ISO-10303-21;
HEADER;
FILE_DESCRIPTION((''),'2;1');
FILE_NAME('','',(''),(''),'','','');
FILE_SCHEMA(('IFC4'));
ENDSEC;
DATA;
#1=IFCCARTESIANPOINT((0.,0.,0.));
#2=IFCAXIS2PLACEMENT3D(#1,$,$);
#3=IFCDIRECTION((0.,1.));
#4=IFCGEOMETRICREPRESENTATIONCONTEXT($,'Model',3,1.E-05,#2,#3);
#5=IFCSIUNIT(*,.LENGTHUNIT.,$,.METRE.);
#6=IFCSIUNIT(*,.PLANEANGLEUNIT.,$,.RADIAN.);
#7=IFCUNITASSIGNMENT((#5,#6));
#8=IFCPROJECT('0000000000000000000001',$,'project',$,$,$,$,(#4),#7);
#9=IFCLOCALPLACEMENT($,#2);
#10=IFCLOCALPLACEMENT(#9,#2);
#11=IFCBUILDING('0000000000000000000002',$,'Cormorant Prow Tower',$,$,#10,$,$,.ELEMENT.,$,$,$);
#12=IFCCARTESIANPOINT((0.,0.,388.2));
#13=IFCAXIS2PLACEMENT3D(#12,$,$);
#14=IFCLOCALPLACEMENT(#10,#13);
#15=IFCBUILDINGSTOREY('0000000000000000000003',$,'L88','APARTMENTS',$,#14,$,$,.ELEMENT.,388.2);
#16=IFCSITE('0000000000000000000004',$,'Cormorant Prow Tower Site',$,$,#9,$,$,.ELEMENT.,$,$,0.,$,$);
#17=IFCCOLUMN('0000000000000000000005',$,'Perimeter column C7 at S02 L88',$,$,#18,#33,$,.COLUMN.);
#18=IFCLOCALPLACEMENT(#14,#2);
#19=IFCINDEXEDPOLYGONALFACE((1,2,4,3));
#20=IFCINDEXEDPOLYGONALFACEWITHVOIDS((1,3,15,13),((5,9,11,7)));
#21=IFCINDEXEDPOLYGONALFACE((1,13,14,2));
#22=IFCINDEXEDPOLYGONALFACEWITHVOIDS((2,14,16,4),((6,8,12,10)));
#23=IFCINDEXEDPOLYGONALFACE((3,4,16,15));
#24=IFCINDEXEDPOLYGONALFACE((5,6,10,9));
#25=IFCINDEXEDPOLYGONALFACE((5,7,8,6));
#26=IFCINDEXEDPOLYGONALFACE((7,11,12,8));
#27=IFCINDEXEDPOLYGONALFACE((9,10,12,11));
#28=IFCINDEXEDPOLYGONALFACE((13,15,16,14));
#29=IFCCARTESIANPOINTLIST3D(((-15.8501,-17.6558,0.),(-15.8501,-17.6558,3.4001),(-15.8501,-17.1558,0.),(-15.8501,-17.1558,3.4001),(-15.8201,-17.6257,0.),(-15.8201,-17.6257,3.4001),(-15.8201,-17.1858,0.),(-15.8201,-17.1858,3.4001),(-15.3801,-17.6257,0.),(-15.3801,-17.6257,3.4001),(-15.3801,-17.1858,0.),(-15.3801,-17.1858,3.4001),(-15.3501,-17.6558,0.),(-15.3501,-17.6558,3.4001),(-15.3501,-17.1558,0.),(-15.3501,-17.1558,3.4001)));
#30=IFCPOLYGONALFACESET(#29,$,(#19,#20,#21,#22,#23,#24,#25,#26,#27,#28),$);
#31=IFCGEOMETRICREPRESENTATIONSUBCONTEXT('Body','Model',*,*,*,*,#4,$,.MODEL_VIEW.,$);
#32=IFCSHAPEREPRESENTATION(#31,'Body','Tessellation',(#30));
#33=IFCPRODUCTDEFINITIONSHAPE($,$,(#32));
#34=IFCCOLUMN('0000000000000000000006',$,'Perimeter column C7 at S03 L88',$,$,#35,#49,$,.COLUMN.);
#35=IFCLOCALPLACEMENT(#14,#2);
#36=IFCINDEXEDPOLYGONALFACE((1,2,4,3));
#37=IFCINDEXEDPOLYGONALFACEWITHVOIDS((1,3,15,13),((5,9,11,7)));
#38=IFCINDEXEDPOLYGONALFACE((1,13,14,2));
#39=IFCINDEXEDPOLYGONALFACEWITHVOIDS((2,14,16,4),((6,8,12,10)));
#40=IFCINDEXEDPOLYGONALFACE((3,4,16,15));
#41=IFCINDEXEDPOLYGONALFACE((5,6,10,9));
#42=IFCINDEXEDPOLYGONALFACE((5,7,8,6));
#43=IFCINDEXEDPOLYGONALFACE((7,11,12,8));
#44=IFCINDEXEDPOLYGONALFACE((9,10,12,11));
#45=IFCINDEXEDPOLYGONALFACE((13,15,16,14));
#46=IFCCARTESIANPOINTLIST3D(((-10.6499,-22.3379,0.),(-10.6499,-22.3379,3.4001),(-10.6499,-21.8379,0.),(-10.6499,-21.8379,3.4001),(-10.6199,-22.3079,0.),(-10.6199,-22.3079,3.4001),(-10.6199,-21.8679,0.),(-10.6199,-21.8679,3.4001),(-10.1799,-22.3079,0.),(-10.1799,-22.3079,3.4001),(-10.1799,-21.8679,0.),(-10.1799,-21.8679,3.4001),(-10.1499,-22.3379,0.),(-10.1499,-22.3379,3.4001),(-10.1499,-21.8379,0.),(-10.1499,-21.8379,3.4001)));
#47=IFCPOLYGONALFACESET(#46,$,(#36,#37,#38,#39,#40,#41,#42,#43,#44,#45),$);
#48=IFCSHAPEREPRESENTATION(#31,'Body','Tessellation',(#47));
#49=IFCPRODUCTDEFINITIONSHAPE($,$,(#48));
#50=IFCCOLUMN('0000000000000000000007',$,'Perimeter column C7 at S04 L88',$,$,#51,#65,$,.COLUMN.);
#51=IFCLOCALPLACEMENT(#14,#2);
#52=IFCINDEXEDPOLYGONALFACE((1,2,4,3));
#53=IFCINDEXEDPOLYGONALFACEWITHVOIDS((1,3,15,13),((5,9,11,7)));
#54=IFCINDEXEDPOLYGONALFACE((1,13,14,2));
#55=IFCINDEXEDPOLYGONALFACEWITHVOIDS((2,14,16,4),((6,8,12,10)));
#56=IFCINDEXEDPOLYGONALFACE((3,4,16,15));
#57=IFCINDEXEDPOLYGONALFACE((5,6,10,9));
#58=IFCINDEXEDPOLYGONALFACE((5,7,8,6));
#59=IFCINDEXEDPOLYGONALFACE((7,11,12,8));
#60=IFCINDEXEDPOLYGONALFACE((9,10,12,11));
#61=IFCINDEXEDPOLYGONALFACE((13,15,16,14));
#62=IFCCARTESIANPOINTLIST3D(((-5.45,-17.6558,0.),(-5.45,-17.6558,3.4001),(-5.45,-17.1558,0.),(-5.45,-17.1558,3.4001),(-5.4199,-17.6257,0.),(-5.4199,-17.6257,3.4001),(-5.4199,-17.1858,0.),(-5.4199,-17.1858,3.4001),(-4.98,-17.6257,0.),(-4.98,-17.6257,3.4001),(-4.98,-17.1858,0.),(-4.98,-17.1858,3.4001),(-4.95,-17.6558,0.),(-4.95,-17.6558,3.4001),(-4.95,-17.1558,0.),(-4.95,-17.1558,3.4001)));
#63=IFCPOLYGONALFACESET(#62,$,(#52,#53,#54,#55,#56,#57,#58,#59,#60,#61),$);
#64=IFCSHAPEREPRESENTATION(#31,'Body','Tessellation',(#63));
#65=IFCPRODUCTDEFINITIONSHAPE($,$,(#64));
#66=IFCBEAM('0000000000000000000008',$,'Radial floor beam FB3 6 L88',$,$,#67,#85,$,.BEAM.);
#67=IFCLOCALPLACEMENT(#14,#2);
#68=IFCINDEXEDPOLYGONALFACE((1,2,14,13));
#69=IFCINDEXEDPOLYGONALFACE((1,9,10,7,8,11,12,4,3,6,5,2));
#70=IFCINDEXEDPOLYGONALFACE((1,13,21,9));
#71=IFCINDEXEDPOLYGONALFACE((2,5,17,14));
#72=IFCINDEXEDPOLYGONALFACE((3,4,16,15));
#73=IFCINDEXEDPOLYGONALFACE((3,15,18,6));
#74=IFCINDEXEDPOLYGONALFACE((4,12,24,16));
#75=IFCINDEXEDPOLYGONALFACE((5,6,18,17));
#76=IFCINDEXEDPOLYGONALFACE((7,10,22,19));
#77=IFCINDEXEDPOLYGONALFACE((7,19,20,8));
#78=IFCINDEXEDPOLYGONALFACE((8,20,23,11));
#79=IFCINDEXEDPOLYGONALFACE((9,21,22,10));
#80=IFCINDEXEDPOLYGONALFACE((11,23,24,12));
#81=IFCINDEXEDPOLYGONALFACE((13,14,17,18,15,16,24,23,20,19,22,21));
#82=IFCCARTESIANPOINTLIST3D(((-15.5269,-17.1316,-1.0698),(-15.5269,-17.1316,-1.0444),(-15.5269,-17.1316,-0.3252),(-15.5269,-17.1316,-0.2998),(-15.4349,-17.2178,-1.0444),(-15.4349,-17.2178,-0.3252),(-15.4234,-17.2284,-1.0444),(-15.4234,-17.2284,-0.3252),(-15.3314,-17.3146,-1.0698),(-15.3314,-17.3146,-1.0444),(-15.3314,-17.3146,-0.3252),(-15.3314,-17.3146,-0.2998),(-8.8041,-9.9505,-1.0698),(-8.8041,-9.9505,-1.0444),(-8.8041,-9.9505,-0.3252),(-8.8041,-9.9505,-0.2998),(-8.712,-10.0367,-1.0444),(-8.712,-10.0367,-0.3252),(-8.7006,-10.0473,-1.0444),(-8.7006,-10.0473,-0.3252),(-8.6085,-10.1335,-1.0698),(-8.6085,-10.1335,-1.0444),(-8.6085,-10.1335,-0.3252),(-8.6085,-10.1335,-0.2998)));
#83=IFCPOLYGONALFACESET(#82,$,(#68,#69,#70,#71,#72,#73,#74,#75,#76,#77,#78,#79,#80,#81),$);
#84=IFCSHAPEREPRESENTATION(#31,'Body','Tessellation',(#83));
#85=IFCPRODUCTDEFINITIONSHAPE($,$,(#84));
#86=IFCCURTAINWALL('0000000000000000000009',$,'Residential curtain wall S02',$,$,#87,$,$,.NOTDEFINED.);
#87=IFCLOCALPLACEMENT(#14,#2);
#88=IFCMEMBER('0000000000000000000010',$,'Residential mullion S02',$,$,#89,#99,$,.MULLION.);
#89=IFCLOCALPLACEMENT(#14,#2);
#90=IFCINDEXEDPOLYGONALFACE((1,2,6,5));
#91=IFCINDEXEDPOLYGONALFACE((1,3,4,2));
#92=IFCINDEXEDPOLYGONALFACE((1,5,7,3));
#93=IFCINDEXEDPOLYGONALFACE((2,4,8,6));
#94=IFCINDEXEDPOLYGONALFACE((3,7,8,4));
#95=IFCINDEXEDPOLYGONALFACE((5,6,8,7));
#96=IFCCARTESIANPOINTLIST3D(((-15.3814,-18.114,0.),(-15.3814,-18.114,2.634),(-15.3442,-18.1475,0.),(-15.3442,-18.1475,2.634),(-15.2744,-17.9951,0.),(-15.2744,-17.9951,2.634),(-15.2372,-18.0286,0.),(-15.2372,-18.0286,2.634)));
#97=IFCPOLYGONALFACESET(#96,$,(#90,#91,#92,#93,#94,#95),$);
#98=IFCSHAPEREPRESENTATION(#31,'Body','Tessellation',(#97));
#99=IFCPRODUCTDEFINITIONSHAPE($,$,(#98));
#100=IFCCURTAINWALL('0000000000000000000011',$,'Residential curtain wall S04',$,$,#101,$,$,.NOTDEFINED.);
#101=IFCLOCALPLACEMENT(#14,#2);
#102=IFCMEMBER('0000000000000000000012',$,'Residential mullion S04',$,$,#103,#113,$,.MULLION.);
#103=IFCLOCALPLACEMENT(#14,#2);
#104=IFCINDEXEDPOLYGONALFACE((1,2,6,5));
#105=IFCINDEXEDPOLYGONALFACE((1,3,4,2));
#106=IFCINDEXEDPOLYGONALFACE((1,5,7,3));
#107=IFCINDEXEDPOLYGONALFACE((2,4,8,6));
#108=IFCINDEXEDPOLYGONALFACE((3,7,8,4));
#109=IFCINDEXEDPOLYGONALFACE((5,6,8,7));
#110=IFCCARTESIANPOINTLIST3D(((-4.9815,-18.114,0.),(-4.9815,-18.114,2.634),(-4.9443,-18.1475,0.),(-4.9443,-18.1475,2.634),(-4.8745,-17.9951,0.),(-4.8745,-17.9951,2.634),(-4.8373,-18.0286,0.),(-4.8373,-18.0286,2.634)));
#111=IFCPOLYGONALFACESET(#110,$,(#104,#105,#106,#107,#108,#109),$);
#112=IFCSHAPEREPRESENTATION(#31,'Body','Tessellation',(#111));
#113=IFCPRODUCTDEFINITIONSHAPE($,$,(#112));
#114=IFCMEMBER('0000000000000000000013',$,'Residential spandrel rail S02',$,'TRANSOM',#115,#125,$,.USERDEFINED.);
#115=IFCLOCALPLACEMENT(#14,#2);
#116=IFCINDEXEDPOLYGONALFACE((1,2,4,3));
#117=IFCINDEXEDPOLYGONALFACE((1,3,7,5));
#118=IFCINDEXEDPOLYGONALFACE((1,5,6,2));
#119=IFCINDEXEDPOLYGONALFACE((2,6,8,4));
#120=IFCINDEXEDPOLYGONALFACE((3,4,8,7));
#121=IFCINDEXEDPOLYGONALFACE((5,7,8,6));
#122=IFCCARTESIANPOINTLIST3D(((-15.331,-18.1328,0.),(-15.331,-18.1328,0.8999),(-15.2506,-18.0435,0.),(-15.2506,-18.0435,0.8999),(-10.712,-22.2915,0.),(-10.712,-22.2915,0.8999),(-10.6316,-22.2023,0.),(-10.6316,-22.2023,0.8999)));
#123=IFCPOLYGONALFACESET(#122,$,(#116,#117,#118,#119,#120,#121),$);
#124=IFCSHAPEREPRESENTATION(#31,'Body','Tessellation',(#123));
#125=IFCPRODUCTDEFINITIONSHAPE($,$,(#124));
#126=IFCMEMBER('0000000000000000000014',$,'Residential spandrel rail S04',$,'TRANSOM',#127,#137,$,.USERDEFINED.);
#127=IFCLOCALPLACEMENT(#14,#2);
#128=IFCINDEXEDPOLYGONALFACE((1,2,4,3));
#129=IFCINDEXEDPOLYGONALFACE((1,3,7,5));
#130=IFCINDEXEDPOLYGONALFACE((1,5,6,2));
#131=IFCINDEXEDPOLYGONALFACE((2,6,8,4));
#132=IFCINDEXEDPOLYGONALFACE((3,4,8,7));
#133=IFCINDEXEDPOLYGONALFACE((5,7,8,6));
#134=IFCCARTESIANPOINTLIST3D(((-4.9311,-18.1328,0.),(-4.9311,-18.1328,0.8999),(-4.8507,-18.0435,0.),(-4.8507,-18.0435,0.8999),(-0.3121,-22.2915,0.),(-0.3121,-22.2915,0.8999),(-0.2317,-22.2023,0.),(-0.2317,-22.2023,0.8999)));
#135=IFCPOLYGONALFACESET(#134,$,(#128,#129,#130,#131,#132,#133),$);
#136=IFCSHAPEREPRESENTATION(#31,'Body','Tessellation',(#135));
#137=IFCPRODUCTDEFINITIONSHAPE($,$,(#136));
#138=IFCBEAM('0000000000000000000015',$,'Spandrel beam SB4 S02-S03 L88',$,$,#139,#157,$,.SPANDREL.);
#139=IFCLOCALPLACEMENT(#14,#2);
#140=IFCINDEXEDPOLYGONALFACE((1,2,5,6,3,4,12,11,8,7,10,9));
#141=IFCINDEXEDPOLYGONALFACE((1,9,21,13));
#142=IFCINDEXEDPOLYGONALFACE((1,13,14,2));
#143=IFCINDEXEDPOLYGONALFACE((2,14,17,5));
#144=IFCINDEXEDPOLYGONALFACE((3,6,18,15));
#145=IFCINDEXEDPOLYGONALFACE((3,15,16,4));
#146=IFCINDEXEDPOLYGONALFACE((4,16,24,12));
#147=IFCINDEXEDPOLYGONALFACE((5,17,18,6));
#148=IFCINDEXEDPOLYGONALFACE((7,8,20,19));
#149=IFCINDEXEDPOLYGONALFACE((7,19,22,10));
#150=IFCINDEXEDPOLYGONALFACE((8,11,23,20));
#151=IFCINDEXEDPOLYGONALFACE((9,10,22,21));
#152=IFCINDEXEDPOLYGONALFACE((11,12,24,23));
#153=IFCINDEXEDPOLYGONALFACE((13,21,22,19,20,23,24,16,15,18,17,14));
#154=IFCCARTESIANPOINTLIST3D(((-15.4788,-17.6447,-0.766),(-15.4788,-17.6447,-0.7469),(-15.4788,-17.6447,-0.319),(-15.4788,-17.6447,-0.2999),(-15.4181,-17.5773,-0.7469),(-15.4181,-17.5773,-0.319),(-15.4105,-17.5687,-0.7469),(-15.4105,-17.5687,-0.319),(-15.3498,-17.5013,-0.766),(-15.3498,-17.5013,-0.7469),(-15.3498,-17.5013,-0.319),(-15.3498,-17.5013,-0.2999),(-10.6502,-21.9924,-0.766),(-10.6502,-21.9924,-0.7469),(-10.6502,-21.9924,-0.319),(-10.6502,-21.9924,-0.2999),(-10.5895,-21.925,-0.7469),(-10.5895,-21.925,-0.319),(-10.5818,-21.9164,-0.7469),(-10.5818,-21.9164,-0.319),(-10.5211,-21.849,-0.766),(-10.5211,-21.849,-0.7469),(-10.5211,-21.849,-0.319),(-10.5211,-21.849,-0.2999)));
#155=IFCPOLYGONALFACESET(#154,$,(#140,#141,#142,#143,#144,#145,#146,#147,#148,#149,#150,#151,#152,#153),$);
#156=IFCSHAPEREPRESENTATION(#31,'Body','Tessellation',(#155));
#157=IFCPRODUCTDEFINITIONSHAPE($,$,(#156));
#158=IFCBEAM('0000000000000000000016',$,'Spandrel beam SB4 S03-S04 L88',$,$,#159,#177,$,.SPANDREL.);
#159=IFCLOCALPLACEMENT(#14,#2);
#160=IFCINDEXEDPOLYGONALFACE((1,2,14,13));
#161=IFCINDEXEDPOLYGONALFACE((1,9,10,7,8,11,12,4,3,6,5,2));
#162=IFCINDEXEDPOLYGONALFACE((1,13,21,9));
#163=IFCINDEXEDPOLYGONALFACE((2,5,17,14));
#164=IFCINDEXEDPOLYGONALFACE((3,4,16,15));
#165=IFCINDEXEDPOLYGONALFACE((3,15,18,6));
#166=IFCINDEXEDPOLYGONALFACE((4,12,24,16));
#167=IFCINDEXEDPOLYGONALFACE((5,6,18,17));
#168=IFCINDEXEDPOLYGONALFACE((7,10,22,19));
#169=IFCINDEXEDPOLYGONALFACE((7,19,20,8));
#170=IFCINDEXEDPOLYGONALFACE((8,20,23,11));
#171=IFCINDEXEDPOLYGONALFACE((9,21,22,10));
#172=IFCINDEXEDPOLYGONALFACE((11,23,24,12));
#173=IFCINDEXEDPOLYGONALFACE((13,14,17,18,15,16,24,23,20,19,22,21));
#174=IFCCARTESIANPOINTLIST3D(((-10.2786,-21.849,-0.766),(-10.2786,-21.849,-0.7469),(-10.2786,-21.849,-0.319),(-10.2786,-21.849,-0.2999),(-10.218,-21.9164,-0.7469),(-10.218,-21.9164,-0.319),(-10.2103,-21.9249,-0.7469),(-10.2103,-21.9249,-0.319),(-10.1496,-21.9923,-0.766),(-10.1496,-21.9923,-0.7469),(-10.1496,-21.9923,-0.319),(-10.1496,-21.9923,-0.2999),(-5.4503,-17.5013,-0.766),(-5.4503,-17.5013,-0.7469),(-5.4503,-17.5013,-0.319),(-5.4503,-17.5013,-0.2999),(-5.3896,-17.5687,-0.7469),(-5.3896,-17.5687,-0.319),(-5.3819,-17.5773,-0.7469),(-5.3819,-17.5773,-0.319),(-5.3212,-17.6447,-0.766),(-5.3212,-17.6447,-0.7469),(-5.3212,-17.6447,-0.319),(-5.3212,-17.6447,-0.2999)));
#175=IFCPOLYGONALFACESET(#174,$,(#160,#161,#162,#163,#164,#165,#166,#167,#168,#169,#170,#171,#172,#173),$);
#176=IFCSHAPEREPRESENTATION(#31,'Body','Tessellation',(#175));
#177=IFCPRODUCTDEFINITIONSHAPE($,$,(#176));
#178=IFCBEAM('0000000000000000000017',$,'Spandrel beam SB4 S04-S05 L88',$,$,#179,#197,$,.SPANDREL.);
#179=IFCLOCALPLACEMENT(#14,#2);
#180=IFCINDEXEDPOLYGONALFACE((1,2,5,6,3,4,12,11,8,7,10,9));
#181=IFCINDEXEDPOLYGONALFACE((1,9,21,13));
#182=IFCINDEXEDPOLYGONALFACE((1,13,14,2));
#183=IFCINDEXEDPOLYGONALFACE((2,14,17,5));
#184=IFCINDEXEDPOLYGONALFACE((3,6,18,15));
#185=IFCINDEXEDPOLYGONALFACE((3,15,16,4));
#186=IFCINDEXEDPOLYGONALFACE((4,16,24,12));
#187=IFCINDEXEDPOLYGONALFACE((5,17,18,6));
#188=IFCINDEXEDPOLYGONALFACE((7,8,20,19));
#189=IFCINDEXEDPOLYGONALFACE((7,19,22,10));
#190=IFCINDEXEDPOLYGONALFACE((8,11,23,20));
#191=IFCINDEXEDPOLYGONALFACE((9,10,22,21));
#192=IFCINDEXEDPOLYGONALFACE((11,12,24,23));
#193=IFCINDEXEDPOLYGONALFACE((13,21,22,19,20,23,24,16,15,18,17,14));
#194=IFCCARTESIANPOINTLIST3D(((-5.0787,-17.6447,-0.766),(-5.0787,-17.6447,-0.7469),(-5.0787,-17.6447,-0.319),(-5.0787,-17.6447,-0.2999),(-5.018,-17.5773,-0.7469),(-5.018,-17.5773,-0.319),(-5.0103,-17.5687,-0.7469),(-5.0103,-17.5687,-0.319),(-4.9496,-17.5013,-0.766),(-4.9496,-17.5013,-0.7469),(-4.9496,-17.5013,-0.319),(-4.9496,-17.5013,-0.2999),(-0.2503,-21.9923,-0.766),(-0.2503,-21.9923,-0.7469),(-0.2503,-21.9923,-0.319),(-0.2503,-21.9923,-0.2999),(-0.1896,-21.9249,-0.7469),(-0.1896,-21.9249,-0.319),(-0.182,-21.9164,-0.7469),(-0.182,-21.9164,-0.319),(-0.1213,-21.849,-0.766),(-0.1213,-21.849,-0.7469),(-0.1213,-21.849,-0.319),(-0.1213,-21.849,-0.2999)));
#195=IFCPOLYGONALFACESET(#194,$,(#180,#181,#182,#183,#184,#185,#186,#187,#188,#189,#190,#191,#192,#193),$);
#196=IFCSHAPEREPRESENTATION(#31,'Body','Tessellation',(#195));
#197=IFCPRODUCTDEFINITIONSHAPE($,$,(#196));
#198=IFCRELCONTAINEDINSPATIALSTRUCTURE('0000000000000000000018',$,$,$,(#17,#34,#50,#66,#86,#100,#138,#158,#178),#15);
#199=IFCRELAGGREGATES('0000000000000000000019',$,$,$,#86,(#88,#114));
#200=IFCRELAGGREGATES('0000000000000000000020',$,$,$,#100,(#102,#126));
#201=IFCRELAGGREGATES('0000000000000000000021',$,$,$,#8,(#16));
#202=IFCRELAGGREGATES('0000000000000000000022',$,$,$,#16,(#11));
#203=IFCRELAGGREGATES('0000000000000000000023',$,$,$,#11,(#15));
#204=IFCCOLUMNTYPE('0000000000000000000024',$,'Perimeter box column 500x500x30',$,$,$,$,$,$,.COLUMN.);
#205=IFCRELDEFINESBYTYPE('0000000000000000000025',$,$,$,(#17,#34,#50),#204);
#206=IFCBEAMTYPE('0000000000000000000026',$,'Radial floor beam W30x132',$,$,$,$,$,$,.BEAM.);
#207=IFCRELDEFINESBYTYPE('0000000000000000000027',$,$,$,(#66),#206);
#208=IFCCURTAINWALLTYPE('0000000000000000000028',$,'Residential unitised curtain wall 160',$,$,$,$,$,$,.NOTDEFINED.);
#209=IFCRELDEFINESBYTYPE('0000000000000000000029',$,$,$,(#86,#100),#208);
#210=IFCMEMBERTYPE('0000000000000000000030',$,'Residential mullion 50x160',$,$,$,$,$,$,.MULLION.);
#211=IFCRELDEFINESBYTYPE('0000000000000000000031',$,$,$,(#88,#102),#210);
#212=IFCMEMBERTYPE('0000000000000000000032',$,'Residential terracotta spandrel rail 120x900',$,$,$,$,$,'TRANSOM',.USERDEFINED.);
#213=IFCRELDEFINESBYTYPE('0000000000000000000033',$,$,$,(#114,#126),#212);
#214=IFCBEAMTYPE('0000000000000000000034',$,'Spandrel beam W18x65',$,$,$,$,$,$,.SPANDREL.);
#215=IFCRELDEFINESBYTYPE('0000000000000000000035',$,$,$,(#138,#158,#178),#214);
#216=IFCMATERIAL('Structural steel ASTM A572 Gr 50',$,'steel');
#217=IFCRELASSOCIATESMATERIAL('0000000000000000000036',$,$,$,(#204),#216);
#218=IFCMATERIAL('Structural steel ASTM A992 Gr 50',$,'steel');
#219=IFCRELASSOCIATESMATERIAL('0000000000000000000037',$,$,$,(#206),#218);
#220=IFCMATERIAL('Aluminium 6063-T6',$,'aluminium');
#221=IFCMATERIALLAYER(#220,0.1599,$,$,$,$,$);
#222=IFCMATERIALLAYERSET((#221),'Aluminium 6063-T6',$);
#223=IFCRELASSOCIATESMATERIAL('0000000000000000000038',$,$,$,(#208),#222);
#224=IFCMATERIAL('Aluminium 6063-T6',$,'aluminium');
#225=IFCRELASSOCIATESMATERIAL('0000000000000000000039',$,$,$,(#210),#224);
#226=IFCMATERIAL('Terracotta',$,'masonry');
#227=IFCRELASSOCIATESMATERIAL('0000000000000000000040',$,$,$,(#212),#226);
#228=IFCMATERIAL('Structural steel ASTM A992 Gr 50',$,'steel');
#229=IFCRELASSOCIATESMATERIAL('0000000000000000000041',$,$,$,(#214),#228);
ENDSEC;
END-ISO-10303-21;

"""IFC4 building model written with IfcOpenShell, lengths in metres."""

from ifc_helpers import new_model, si_unit, direction, frame, origin, origin_2d, place, context, subcontext, project, spatial, rectangle, hollow_rectangle, i_section, extrude, material, layer, layer_set, material_profile, profile_set, type_object, element, aggregate, save


model = new_model("IFC4")

# Units and contexts
model_context = context("Model", 3, precision=1e-05, world=origin(), true_north=direction((0.0, 1.0)))
body_context = subcontext(model_context, "Body", "Model", "MODEL_VIEW")
ifc_project = project(units=[si_unit("LENGTHUNIT", "METRE"), si_unit("PLANEANGLEUNIT", "RADIAN")], contexts=[model_context])

# Site, building, storey
site_placement = place(None, origin())
site = spatial("IfcSite", under=ifc_project, at=site_placement, Name="Cormorant Prow Tower Site", CompositionType="ELEMENT", RefElevation=0.0)
building_placement = place(site_placement, origin())
building = spatial("IfcBuilding", under=site, at=building_placement, Name="Cormorant Prow Tower", CompositionType="ELEMENT")
storey_placement = place(building_placement, frame((0.0, 0.0, 388.2)))
storey = spatial("IfcBuildingStorey", under=building, at=storey_placement, Name="L88", Description="APARTMENTS", CompositionType="ELEMENT", Elevation=388.2)

# Columns
ifc_material_1 = material(Name="Structural steel ASTM A572 Gr 50", Category="steel")
ifc_material_profile_1 = material_profile(ifc_material_1, hollow_rectangle(XDim=0.5, YDim=0.5, WallThickness=0.03, at=origin_2d()), Name="Box 500x500x30")
ifc_profile_set_1 = profile_set([ifc_material_profile_1], Name="Structural steel ASTM A572 Gr 50")
column_type = type_object("IfcColumnType", Name="Perimeter box column 500x500x30", PredefinedType="COLUMN", material=ifc_profile_set_1)
for number, where, z_axis, x_axis, name in (
    (1, (-15.6001, -17.4058, 0.0), (0.0, 0.0, 1.0), (1.0, 0.0, 0.0), "Perimeter column C7 at S02 L88"),
    (2, (-10.3999, -22.0879, 0.0), (0.0, 0.0, 1.0), (1.0, 0.0, 0.0), "Perimeter column C7 at S03 L88"),
    (3, (-5.2, -17.4058, 0.0), (0.0, 0.0, 1.0), (1.0, 0.0, 0.0), "Perimeter column C7 at S04 L88"),
):
    element("IfcColumn", number, at=place(storey_placement, frame(where, z_axis=z_axis, x_axis=x_axis)), inside=storey, type_object=column_type, Name=name, PredefinedType="COLUMN", context=body_context, shape_type="SweptSolid", body=[
        extrude(hollow_rectangle(XDim=0.5, YDim=0.5, WallThickness=0.03, at=origin_2d()), origin(), (0.0, 0.0, 1.0), 3.4001),
    ])

# Beam
ifc_material_2 = material(Name="Structural steel ASTM A992 Gr 50", Category="steel")
ifc_material_profile_2 = material_profile(ifc_material_2, i_section(OverallWidth=0.2678, OverallDepth=0.77, WebThickness=0.0156, FlangeThickness=0.0254, at=origin_2d()), Name="W30x132")
ifc_profile_set_2 = profile_set([ifc_material_profile_2], Name="Structural steel ASTM A992 Gr 50")
beam_type_1 = type_object("IfcBeamType", Name="Radial floor beam W30x132", PredefinedType="BEAM", material=ifc_profile_set_2)
beam_1_placement = place(storey_placement, frame((-8.7063, -10.042, -0.6848), z_axis=(-0.683431, -0.730015, 0.0), x_axis=(0.730015, -0.683431, 0.0)))
element("IfcBeam", 4, at=beam_1_placement, inside=storey, type_object=beam_type_1, Name="Radial floor beam FB3 6 L88", PredefinedType="BEAM", context=body_context, shape_type="SweptSolid", body=[
    extrude(i_section(OverallWidth=0.2678, OverallDepth=0.77, WebThickness=0.0156, FlangeThickness=0.0254, at=origin_2d()), origin(), (0.0, 0.0, 1.0), 9.8369),
])

# Curtain walls, members
ifc_material_3 = material(Name="Aluminium 6063-T6", Category="aluminium")
ifc_layer_1 = layer(ifc_material_3, 0.1599)
ifc_layer_set_1 = layer_set([ifc_layer_1], Name="Aluminium 6063-T6")
curtain_wall_type = type_object("IfcCurtainWallType", Name="Residential unitised curtain wall 160", PredefinedType="NOTDEFINED", material=ifc_layer_set_1)
curtain_wall_1_placement = place(storey_placement, origin())
curtain_wall_1 = element("IfcCurtainWall", 5, at=curtain_wall_1_placement, inside=storey, type_object=curtain_wall_type, Name="Residential curtain wall S02", PredefinedType="NOTDEFINED")
ifc_material_4 = material(Name="Aluminium 6063-T6", Category="aluminium")
ifc_material_profile_3 = material_profile(ifc_material_4, rectangle(XDim=0.1599, YDim=0.05, at=origin_2d()), Name="Residential mullion 50x160")
ifc_profile_set_3 = profile_set([ifc_material_profile_3], Name="Aluminium 6063-T6")
member_type_1 = type_object("IfcMemberType", Name="Residential mullion 50x160", PredefinedType="MULLION", material=ifc_profile_set_3)
member_1_placement = place(storey_placement, frame((-15.3093, -18.0713, 0.0), z_axis=(0.0, 0.0, 1.0), x_axis=(0.669131, 0.743145, 0.0)))
member_1 = element("IfcMember", 6, at=member_1_placement, type_object=member_type_1, Name="Residential mullion S02", PredefinedType="MULLION", context=body_context, shape_type="SweptSolid", body=[
    extrude(rectangle(XDim=0.1599, YDim=0.05, at=origin_2d()), origin(), (0.0, 0.0, 1.0), 2.634),
])
curtain_wall_2_placement = place(storey_placement, origin())
curtain_wall_2 = element("IfcCurtainWall", 7, at=curtain_wall_2_placement, inside=storey, type_object=curtain_wall_type, Name="Residential curtain wall S04", PredefinedType="NOTDEFINED")
member_2_placement = place(storey_placement, frame((-4.9094, -18.0713, 0.0), z_axis=(0.0, 0.0, 1.0), x_axis=(0.669131, 0.743145, 0.0)))
member_2 = element("IfcMember", 8, at=member_2_placement, type_object=member_type_1, Name="Residential mullion S04", PredefinedType="MULLION", context=body_context, shape_type="SweptSolid", body=[
    extrude(rectangle(XDim=0.1599, YDim=0.05, at=origin_2d()), origin(), (0.0, 0.0, 1.0), 2.634),
])

# Members
ifc_material_5 = material(Name="Terracotta", Category="masonry")
ifc_material_profile_4 = material_profile(ifc_material_5, rectangle(XDim=0.1201, YDim=0.8999, at=origin_2d()), Name="Residential terracotta spandrel rail 120x900")
ifc_profile_set_4 = profile_set([ifc_material_profile_4], Name="Terracotta")
member_type_2 = type_object("IfcMemberType", Name="Residential terracotta spandrel rail 120x900", ElementType="TRANSOM", PredefinedType="USERDEFINED", material=ifc_profile_set_4)
member_3_placement = place(storey_placement, frame((-15.2908, -18.0881, 0.45), z_axis=(0.743159, -0.669114, 0.0), x_axis=(0.669114, 0.743159, 0.0)))
member_3 = element("IfcMember", 9, at=member_3_placement, type_object=member_type_2, Name="Residential spandrel rail S02", ObjectType="TRANSOM", PredefinedType="USERDEFINED", context=body_context, shape_type="SweptSolid", body=[
    extrude(rectangle(XDim=0.1201, YDim=0.8999, at=origin_2d()), origin(), (0.0, 0.0, 1.0), 6.2153),
])
member_4_placement = place(storey_placement, frame((-4.8909, -18.0881, 0.45), z_axis=(0.743159, -0.669114, 0.0), x_axis=(0.669114, 0.743159, 0.0)))
member_4 = element("IfcMember", 10, at=member_4_placement, type_object=member_type_2, Name="Residential spandrel rail S04", ObjectType="TRANSOM", PredefinedType="USERDEFINED", context=body_context, shape_type="SweptSolid", body=[
    extrude(rectangle(XDim=0.1201, YDim=0.8999, at=origin_2d()), origin(), (0.0, 0.0, 1.0), 6.2153),
])

# Beams
ifc_material_6 = material(Name="Structural steel ASTM A992 Gr 50", Category="steel")
ifc_material_profile_5 = material_profile(ifc_material_6, i_section(OverallWidth=0.1929, OverallDepth=0.4661, WebThickness=0.0115, FlangeThickness=0.019, at=origin_2d()), Name="W18x65")
ifc_profile_set_5 = profile_set([ifc_material_profile_5], Name="Structural steel ASTM A992 Gr 50")
beam_type_2 = type_object("IfcBeamType", Name="Spandrel beam W18x65", PredefinedType="SPANDREL", material=ifc_profile_set_5)
beam_2_placement = place(storey_placement, frame((-15.4143, -17.573, -0.533), z_axis=(0.743148, -0.669127, 0.0), x_axis=(0.669127, 0.743148, 0.0)))
element("IfcBeam", 11, at=beam_2_placement, inside=storey, type_object=beam_type_2, Name="Spandrel beam SB4 S02-S03 L88", PredefinedType="SPANDREL", context=body_context, shape_type="SweptSolid", body=[
    extrude(i_section(OverallWidth=0.1929, OverallDepth=0.4661, WebThickness=0.0115, FlangeThickness=0.019, at=origin_2d()), origin(), (0.0, 0.0, 1.0), 6.4976),
])
for number, where, z_axis, x_axis, name in (
    (12, (-10.2141, -21.9207, -0.533), (0.743132, 0.669145, 0.0), (-0.669145, 0.743132, 0.0), "Spandrel beam SB4 S03-S04 L88"),
    (13, (-5.0142, -17.573, -0.533), (0.743132, -0.669145, 0.0), (0.669145, 0.743132, 0.0), "Spandrel beam SB4 S04-S05 L88"),
):
    element("IfcBeam", number, at=place(storey_placement, frame(where, z_axis=z_axis, x_axis=x_axis)), inside=storey, type_object=beam_type_2, Name=name, PredefinedType="SPANDREL", context=body_context, shape_type="SweptSolid", body=[
        extrude(i_section(OverallWidth=0.1929, OverallDepth=0.4661, WebThickness=0.0115, FlangeThickness=0.019, at=origin_2d()), origin(), (0.0, 0.0, 1.0), 6.4973),
    ])

aggregate(curtain_wall_1, [member_1, member_3])
aggregate(curtain_wall_2, [member_2, member_4])

save(model, "model.ifc")
